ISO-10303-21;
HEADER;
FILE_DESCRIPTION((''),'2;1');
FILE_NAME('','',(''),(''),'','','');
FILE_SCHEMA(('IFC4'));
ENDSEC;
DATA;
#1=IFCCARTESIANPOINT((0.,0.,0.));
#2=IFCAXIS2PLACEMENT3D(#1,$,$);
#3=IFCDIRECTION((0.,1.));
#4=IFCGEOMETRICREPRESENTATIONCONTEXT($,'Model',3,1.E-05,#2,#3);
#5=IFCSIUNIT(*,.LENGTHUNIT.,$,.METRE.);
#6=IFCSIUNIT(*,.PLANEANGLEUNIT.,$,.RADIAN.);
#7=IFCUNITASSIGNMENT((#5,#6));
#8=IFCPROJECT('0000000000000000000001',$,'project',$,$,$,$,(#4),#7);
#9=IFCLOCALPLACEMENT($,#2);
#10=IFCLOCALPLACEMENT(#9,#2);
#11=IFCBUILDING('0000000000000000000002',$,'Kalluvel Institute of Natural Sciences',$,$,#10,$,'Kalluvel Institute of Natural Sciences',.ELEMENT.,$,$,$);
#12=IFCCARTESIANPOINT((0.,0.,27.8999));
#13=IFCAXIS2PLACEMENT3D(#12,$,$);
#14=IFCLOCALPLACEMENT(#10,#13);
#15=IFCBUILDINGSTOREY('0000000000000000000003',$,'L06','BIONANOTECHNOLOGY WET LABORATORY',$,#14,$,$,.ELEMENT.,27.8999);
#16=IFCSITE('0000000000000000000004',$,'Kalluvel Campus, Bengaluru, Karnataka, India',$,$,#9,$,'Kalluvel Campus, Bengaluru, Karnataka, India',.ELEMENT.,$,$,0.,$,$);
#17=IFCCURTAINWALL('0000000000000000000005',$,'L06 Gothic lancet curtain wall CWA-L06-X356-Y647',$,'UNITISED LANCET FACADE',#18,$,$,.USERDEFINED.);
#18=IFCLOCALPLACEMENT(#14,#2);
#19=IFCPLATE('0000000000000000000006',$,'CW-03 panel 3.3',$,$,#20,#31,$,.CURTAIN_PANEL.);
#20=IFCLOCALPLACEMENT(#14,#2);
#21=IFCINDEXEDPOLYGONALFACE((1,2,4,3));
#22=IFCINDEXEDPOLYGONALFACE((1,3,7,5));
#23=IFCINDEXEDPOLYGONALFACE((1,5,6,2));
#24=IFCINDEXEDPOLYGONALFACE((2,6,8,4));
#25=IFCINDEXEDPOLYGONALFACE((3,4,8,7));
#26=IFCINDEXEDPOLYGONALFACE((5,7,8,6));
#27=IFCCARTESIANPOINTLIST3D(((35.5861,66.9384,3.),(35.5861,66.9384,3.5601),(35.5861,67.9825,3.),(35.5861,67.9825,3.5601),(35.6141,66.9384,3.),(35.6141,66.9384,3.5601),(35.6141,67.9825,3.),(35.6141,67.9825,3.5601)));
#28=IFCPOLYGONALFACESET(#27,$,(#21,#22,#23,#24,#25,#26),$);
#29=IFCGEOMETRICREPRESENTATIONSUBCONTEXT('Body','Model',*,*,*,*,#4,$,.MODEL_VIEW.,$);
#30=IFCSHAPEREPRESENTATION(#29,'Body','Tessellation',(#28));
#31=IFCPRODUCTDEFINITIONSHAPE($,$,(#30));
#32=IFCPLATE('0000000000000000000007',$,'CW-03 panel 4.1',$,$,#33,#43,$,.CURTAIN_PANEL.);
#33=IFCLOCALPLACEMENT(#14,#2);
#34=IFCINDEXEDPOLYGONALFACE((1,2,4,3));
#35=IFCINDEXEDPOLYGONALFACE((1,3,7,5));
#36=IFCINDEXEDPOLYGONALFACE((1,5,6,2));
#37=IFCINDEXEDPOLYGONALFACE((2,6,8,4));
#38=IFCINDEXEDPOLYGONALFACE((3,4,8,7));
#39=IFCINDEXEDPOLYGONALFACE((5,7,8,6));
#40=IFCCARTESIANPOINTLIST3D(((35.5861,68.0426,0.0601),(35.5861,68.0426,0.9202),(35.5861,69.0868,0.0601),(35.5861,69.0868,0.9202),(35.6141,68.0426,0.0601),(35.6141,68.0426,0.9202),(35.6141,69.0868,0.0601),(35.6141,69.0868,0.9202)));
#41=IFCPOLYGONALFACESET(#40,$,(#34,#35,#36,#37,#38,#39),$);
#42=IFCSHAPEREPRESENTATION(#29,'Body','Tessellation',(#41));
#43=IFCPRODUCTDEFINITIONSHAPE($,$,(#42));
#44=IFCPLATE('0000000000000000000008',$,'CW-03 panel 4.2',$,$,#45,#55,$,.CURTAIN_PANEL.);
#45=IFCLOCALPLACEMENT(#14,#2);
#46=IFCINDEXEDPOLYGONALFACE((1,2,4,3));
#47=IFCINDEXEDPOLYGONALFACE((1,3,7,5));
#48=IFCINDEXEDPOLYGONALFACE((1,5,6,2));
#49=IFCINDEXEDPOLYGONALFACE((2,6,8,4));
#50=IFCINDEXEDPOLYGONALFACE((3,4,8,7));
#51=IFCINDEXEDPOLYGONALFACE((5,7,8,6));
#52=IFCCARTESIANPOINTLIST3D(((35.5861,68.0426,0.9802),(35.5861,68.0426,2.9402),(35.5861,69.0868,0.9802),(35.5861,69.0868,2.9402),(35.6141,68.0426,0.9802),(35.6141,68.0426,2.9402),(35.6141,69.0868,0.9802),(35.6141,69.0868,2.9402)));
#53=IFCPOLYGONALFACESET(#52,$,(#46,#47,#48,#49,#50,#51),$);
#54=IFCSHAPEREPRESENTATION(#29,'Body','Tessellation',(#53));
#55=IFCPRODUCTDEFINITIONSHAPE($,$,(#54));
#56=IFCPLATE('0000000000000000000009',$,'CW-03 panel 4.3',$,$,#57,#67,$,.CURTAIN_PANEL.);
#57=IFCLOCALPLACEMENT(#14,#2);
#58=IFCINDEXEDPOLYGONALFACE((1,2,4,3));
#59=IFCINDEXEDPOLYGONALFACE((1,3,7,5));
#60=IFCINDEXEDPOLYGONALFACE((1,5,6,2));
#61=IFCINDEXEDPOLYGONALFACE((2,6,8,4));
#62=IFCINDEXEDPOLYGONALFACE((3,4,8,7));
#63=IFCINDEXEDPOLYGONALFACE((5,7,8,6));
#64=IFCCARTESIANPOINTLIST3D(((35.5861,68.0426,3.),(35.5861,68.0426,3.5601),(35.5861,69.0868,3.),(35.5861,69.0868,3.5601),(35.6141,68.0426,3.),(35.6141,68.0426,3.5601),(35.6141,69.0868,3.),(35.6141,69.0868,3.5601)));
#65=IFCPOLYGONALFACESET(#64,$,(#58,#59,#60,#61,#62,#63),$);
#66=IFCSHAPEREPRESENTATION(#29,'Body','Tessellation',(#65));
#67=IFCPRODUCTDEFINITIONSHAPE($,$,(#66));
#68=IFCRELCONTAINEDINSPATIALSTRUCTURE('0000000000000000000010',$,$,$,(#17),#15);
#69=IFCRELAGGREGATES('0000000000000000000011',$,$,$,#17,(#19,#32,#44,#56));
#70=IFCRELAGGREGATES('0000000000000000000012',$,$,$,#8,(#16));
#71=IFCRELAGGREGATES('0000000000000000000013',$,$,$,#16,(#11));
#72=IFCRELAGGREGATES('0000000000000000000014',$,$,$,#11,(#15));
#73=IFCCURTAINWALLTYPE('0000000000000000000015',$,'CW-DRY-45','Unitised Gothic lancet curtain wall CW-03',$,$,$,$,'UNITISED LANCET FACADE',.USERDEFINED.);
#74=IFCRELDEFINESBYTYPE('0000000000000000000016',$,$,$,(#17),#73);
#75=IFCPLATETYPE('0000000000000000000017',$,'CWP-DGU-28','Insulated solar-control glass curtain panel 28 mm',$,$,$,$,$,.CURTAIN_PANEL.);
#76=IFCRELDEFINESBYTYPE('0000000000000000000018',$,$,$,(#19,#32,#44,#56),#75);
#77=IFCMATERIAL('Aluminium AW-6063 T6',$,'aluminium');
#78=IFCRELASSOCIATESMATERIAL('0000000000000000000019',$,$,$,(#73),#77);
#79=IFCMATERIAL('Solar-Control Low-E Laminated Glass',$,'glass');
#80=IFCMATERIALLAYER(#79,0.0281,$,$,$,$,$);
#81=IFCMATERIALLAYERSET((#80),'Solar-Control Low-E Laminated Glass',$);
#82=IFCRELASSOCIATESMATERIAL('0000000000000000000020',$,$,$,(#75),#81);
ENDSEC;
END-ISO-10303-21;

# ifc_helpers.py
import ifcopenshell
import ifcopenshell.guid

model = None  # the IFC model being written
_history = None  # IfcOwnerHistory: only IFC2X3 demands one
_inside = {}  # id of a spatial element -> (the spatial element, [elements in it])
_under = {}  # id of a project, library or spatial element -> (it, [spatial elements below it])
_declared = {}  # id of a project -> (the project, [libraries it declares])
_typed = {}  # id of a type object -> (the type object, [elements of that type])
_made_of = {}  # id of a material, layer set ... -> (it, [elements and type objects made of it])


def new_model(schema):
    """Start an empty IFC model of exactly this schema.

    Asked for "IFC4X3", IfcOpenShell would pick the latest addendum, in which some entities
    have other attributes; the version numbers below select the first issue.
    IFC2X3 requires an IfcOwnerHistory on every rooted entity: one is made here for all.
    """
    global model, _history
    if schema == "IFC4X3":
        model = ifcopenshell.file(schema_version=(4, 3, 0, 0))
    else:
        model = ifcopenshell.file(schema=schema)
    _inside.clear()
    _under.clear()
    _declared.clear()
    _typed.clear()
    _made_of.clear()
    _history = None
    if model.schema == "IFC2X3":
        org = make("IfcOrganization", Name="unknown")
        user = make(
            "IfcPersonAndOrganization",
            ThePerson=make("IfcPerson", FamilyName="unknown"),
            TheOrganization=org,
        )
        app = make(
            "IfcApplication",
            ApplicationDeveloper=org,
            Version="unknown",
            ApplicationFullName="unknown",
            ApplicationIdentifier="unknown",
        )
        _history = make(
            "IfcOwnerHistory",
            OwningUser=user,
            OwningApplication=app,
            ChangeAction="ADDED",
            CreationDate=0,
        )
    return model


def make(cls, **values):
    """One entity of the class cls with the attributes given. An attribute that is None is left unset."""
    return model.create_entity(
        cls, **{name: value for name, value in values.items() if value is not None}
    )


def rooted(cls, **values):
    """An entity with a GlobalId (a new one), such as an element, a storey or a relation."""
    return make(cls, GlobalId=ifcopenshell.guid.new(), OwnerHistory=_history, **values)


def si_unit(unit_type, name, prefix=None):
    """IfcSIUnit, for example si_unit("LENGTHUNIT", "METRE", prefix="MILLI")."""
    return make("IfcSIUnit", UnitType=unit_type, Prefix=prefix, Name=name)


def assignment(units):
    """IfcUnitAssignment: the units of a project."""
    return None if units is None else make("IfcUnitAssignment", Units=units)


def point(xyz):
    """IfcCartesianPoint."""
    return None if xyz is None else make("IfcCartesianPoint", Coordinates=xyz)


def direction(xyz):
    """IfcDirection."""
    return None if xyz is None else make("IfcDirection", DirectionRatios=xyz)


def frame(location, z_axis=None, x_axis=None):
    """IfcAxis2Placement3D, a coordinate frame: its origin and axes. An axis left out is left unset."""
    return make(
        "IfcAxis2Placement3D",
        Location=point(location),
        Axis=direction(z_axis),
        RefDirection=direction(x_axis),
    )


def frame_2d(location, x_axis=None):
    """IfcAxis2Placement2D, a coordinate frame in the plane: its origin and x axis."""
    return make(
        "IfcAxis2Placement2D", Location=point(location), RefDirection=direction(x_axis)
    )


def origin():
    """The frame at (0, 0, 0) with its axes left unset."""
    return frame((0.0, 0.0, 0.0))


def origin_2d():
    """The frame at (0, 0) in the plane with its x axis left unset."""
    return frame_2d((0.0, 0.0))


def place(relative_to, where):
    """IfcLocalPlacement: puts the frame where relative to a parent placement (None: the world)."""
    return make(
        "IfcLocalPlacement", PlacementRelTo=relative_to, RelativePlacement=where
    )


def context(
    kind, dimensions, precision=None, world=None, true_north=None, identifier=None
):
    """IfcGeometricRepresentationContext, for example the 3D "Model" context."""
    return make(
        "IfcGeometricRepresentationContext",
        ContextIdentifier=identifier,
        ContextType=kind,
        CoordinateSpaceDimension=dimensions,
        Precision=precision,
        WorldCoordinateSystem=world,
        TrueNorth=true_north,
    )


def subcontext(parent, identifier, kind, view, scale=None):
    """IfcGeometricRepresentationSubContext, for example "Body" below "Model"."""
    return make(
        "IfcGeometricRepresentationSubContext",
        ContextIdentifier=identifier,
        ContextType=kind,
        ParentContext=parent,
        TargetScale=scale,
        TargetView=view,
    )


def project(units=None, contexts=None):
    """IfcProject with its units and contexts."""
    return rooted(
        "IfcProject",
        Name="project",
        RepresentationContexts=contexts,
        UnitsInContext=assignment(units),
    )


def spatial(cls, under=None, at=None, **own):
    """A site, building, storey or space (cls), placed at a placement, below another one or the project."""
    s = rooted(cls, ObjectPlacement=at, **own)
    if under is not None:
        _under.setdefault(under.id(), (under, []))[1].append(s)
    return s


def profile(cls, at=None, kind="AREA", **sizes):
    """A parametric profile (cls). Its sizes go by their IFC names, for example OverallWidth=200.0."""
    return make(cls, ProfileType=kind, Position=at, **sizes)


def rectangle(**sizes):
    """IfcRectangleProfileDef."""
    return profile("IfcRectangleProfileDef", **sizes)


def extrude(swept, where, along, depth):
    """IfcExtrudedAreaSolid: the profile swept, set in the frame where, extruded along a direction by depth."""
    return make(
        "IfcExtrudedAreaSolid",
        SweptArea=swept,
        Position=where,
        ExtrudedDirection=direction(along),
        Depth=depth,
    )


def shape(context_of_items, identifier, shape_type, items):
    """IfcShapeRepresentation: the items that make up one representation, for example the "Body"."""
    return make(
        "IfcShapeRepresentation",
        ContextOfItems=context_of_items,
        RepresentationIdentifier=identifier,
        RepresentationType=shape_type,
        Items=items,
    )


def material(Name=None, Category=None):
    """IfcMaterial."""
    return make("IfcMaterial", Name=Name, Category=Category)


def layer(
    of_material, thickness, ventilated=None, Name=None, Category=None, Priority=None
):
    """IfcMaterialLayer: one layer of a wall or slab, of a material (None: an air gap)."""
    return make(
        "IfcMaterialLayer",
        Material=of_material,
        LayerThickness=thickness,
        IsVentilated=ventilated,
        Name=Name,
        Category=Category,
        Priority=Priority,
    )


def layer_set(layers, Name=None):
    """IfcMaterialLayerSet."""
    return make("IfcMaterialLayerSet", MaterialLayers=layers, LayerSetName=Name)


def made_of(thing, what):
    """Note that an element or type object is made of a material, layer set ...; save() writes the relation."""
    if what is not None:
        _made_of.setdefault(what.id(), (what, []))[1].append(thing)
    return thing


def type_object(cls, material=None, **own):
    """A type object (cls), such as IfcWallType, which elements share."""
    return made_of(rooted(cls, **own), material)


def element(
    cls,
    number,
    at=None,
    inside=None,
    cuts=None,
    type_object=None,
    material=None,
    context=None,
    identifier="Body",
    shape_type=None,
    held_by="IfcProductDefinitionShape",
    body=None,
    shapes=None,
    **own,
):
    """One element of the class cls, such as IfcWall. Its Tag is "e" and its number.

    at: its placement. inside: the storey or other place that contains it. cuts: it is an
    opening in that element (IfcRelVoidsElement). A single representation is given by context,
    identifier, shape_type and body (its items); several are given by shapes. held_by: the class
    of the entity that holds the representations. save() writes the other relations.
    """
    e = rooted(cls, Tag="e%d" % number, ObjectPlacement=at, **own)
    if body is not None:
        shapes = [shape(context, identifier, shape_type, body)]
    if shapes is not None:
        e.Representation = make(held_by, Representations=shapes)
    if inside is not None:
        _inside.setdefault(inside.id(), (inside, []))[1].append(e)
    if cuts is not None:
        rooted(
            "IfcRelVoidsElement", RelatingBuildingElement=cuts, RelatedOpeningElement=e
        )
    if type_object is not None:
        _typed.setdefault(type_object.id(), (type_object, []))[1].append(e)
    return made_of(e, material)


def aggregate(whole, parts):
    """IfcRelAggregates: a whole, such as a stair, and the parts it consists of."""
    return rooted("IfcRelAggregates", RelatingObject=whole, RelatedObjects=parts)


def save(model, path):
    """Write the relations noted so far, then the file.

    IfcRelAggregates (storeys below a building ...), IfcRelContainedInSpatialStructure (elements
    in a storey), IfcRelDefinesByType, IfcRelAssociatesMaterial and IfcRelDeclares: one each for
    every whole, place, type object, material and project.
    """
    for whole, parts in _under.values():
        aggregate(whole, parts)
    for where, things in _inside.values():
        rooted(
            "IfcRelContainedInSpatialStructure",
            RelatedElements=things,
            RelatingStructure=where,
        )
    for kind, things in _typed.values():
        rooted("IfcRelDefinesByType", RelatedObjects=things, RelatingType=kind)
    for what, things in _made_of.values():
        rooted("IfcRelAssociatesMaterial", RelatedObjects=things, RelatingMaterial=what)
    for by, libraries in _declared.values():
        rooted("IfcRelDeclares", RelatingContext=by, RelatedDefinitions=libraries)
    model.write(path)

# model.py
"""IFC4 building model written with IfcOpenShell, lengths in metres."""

from ifc_helpers import new_model, si_unit, direction, frame, origin, origin_2d, place, context, subcontext, project, spatial, rectangle, extrude, material, layer, layer_set, type_object, element, aggregate, save


model = new_model("IFC4")

# Units and contexts
model_context = context("Model", 3, precision=1e-05, world=origin(), true_north=direction((0.0, 1.0)))
body_context = subcontext(model_context, "Body", "Model", "MODEL_VIEW")
ifc_project = project(units=[si_unit("LENGTHUNIT", "METRE"), si_unit("PLANEANGLEUNIT", "RADIAN")], contexts=[model_context])

# Site, building, storey
site_placement = place(None, origin())
site = spatial("IfcSite", under=ifc_project, at=site_placement, Name="Kalluvel Campus, Bengaluru, Karnataka, India", LongName="Kalluvel Campus, Bengaluru, Karnataka, India", CompositionType="ELEMENT", RefElevation=0.0)
building_placement = place(site_placement, origin())
building = spatial("IfcBuilding", under=site, at=building_placement, Name="Kalluvel Institute of Natural Sciences", LongName="Kalluvel Institute of Natural Sciences", CompositionType="ELEMENT")
storey_placement = place(building_placement, frame((0.0, 0.0, 27.8999)))
storey = spatial("IfcBuildingStorey", under=building, at=storey_placement, Name="L06", Description="BIONANOTECHNOLOGY WET LABORATORY", CompositionType="ELEMENT", Elevation=27.8999)

# Curtain wall, plates
ifc_material_1 = material(Name="Aluminium AW-6063 T6", Category="aluminium")
curtain_wall_type = type_object("IfcCurtainWallType", Name="CW-DRY-45", Description="Unitised Gothic lancet curtain wall CW-03", ElementType="UNITISED LANCET FACADE", PredefinedType="USERDEFINED", material=ifc_material_1)
curtain_wall_placement = place(storey_placement, origin())
curtain_wall = element("IfcCurtainWall", 1, at=curtain_wall_placement, inside=storey, type_object=curtain_wall_type, Name="L06 Gothic lancet curtain wall CWA-L06-X356-Y647", ObjectType="UNITISED LANCET FACADE", PredefinedType="USERDEFINED")
ifc_material_2 = material(Name="Solar-Control Low-E Laminated Glass", Category="glass")
ifc_layer = layer(ifc_material_2, 0.0281)
ifc_layer_set = layer_set([ifc_layer], Name="Solar-Control Low-E Laminated Glass")
plate_type = type_object("IfcPlateType", Name="CWP-DGU-28", Description="Insulated solar-control glass curtain panel 28 mm", PredefinedType="CURTAIN_PANEL", material=ifc_layer_set)
plate_1_placement = place(storey_placement, frame((35.6001, 67.4604, 3.0), z_axis=(0.0, 0.0, 1.0), x_axis=(0.0, 1.0, 0.0)))
plate_1 = element("IfcPlate", 2, at=plate_1_placement, type_object=plate_type, Name="CW-03 panel 3.3", PredefinedType="CURTAIN_PANEL", context=body_context, shape_type="SweptSolid", body=[
    extrude(rectangle(XDim=1.0442, YDim=0.0281, at=origin_2d()), origin(), (0.0, 0.0, 1.0), 0.5601),
])
plate_2_placement = place(storey_placement, frame((35.6001, 68.5647, 0.0601), z_axis=(0.0, 0.0, 1.0), x_axis=(0.0, 1.0, 0.0)))
plate_2 = element("IfcPlate", 3, at=plate_2_placement, type_object=plate_type, Name="CW-03 panel 4.1", PredefinedType="CURTAIN_PANEL", context=body_context, shape_type="SweptSolid", body=[
    extrude(rectangle(XDim=1.0442, YDim=0.0281, at=origin_2d()), origin(), (0.0, 0.0, 1.0), 0.8601),
])
plate_3_placement = place(storey_placement, frame((35.6001, 68.5647, 0.9802), z_axis=(0.0, 0.0, 1.0), x_axis=(0.0, 1.0, 0.0)))
plate_3 = element("IfcPlate", 4, at=plate_3_placement, type_object=plate_type, Name="CW-03 panel 4.2", PredefinedType="CURTAIN_PANEL", context=body_context, shape_type="SweptSolid", body=[
    extrude(rectangle(XDim=1.0442, YDim=0.0281, at=origin_2d()), origin(), (0.0, 0.0, 1.0), 1.96),
])
plate_4_placement = place(storey_placement, frame((35.6001, 68.5647, 3.0), z_axis=(0.0, 0.0, 1.0), x_axis=(0.0, 1.0, 0.0)))
plate_4 = element("IfcPlate", 5, at=plate_4_placement, type_object=plate_type, Name="CW-03 panel 4.3", PredefinedType="CURTAIN_PANEL", context=body_context, shape_type="SweptSolid", body=[
    extrude(rectangle(XDim=1.0442, YDim=0.0281, at=origin_2d()), origin(), (0.0, 0.0, 1.0), 0.5601),
])
aggregate(curtain_wall, [plate_1, plate_2, plate_3, plate_4])

save(model, "model.ifc")
